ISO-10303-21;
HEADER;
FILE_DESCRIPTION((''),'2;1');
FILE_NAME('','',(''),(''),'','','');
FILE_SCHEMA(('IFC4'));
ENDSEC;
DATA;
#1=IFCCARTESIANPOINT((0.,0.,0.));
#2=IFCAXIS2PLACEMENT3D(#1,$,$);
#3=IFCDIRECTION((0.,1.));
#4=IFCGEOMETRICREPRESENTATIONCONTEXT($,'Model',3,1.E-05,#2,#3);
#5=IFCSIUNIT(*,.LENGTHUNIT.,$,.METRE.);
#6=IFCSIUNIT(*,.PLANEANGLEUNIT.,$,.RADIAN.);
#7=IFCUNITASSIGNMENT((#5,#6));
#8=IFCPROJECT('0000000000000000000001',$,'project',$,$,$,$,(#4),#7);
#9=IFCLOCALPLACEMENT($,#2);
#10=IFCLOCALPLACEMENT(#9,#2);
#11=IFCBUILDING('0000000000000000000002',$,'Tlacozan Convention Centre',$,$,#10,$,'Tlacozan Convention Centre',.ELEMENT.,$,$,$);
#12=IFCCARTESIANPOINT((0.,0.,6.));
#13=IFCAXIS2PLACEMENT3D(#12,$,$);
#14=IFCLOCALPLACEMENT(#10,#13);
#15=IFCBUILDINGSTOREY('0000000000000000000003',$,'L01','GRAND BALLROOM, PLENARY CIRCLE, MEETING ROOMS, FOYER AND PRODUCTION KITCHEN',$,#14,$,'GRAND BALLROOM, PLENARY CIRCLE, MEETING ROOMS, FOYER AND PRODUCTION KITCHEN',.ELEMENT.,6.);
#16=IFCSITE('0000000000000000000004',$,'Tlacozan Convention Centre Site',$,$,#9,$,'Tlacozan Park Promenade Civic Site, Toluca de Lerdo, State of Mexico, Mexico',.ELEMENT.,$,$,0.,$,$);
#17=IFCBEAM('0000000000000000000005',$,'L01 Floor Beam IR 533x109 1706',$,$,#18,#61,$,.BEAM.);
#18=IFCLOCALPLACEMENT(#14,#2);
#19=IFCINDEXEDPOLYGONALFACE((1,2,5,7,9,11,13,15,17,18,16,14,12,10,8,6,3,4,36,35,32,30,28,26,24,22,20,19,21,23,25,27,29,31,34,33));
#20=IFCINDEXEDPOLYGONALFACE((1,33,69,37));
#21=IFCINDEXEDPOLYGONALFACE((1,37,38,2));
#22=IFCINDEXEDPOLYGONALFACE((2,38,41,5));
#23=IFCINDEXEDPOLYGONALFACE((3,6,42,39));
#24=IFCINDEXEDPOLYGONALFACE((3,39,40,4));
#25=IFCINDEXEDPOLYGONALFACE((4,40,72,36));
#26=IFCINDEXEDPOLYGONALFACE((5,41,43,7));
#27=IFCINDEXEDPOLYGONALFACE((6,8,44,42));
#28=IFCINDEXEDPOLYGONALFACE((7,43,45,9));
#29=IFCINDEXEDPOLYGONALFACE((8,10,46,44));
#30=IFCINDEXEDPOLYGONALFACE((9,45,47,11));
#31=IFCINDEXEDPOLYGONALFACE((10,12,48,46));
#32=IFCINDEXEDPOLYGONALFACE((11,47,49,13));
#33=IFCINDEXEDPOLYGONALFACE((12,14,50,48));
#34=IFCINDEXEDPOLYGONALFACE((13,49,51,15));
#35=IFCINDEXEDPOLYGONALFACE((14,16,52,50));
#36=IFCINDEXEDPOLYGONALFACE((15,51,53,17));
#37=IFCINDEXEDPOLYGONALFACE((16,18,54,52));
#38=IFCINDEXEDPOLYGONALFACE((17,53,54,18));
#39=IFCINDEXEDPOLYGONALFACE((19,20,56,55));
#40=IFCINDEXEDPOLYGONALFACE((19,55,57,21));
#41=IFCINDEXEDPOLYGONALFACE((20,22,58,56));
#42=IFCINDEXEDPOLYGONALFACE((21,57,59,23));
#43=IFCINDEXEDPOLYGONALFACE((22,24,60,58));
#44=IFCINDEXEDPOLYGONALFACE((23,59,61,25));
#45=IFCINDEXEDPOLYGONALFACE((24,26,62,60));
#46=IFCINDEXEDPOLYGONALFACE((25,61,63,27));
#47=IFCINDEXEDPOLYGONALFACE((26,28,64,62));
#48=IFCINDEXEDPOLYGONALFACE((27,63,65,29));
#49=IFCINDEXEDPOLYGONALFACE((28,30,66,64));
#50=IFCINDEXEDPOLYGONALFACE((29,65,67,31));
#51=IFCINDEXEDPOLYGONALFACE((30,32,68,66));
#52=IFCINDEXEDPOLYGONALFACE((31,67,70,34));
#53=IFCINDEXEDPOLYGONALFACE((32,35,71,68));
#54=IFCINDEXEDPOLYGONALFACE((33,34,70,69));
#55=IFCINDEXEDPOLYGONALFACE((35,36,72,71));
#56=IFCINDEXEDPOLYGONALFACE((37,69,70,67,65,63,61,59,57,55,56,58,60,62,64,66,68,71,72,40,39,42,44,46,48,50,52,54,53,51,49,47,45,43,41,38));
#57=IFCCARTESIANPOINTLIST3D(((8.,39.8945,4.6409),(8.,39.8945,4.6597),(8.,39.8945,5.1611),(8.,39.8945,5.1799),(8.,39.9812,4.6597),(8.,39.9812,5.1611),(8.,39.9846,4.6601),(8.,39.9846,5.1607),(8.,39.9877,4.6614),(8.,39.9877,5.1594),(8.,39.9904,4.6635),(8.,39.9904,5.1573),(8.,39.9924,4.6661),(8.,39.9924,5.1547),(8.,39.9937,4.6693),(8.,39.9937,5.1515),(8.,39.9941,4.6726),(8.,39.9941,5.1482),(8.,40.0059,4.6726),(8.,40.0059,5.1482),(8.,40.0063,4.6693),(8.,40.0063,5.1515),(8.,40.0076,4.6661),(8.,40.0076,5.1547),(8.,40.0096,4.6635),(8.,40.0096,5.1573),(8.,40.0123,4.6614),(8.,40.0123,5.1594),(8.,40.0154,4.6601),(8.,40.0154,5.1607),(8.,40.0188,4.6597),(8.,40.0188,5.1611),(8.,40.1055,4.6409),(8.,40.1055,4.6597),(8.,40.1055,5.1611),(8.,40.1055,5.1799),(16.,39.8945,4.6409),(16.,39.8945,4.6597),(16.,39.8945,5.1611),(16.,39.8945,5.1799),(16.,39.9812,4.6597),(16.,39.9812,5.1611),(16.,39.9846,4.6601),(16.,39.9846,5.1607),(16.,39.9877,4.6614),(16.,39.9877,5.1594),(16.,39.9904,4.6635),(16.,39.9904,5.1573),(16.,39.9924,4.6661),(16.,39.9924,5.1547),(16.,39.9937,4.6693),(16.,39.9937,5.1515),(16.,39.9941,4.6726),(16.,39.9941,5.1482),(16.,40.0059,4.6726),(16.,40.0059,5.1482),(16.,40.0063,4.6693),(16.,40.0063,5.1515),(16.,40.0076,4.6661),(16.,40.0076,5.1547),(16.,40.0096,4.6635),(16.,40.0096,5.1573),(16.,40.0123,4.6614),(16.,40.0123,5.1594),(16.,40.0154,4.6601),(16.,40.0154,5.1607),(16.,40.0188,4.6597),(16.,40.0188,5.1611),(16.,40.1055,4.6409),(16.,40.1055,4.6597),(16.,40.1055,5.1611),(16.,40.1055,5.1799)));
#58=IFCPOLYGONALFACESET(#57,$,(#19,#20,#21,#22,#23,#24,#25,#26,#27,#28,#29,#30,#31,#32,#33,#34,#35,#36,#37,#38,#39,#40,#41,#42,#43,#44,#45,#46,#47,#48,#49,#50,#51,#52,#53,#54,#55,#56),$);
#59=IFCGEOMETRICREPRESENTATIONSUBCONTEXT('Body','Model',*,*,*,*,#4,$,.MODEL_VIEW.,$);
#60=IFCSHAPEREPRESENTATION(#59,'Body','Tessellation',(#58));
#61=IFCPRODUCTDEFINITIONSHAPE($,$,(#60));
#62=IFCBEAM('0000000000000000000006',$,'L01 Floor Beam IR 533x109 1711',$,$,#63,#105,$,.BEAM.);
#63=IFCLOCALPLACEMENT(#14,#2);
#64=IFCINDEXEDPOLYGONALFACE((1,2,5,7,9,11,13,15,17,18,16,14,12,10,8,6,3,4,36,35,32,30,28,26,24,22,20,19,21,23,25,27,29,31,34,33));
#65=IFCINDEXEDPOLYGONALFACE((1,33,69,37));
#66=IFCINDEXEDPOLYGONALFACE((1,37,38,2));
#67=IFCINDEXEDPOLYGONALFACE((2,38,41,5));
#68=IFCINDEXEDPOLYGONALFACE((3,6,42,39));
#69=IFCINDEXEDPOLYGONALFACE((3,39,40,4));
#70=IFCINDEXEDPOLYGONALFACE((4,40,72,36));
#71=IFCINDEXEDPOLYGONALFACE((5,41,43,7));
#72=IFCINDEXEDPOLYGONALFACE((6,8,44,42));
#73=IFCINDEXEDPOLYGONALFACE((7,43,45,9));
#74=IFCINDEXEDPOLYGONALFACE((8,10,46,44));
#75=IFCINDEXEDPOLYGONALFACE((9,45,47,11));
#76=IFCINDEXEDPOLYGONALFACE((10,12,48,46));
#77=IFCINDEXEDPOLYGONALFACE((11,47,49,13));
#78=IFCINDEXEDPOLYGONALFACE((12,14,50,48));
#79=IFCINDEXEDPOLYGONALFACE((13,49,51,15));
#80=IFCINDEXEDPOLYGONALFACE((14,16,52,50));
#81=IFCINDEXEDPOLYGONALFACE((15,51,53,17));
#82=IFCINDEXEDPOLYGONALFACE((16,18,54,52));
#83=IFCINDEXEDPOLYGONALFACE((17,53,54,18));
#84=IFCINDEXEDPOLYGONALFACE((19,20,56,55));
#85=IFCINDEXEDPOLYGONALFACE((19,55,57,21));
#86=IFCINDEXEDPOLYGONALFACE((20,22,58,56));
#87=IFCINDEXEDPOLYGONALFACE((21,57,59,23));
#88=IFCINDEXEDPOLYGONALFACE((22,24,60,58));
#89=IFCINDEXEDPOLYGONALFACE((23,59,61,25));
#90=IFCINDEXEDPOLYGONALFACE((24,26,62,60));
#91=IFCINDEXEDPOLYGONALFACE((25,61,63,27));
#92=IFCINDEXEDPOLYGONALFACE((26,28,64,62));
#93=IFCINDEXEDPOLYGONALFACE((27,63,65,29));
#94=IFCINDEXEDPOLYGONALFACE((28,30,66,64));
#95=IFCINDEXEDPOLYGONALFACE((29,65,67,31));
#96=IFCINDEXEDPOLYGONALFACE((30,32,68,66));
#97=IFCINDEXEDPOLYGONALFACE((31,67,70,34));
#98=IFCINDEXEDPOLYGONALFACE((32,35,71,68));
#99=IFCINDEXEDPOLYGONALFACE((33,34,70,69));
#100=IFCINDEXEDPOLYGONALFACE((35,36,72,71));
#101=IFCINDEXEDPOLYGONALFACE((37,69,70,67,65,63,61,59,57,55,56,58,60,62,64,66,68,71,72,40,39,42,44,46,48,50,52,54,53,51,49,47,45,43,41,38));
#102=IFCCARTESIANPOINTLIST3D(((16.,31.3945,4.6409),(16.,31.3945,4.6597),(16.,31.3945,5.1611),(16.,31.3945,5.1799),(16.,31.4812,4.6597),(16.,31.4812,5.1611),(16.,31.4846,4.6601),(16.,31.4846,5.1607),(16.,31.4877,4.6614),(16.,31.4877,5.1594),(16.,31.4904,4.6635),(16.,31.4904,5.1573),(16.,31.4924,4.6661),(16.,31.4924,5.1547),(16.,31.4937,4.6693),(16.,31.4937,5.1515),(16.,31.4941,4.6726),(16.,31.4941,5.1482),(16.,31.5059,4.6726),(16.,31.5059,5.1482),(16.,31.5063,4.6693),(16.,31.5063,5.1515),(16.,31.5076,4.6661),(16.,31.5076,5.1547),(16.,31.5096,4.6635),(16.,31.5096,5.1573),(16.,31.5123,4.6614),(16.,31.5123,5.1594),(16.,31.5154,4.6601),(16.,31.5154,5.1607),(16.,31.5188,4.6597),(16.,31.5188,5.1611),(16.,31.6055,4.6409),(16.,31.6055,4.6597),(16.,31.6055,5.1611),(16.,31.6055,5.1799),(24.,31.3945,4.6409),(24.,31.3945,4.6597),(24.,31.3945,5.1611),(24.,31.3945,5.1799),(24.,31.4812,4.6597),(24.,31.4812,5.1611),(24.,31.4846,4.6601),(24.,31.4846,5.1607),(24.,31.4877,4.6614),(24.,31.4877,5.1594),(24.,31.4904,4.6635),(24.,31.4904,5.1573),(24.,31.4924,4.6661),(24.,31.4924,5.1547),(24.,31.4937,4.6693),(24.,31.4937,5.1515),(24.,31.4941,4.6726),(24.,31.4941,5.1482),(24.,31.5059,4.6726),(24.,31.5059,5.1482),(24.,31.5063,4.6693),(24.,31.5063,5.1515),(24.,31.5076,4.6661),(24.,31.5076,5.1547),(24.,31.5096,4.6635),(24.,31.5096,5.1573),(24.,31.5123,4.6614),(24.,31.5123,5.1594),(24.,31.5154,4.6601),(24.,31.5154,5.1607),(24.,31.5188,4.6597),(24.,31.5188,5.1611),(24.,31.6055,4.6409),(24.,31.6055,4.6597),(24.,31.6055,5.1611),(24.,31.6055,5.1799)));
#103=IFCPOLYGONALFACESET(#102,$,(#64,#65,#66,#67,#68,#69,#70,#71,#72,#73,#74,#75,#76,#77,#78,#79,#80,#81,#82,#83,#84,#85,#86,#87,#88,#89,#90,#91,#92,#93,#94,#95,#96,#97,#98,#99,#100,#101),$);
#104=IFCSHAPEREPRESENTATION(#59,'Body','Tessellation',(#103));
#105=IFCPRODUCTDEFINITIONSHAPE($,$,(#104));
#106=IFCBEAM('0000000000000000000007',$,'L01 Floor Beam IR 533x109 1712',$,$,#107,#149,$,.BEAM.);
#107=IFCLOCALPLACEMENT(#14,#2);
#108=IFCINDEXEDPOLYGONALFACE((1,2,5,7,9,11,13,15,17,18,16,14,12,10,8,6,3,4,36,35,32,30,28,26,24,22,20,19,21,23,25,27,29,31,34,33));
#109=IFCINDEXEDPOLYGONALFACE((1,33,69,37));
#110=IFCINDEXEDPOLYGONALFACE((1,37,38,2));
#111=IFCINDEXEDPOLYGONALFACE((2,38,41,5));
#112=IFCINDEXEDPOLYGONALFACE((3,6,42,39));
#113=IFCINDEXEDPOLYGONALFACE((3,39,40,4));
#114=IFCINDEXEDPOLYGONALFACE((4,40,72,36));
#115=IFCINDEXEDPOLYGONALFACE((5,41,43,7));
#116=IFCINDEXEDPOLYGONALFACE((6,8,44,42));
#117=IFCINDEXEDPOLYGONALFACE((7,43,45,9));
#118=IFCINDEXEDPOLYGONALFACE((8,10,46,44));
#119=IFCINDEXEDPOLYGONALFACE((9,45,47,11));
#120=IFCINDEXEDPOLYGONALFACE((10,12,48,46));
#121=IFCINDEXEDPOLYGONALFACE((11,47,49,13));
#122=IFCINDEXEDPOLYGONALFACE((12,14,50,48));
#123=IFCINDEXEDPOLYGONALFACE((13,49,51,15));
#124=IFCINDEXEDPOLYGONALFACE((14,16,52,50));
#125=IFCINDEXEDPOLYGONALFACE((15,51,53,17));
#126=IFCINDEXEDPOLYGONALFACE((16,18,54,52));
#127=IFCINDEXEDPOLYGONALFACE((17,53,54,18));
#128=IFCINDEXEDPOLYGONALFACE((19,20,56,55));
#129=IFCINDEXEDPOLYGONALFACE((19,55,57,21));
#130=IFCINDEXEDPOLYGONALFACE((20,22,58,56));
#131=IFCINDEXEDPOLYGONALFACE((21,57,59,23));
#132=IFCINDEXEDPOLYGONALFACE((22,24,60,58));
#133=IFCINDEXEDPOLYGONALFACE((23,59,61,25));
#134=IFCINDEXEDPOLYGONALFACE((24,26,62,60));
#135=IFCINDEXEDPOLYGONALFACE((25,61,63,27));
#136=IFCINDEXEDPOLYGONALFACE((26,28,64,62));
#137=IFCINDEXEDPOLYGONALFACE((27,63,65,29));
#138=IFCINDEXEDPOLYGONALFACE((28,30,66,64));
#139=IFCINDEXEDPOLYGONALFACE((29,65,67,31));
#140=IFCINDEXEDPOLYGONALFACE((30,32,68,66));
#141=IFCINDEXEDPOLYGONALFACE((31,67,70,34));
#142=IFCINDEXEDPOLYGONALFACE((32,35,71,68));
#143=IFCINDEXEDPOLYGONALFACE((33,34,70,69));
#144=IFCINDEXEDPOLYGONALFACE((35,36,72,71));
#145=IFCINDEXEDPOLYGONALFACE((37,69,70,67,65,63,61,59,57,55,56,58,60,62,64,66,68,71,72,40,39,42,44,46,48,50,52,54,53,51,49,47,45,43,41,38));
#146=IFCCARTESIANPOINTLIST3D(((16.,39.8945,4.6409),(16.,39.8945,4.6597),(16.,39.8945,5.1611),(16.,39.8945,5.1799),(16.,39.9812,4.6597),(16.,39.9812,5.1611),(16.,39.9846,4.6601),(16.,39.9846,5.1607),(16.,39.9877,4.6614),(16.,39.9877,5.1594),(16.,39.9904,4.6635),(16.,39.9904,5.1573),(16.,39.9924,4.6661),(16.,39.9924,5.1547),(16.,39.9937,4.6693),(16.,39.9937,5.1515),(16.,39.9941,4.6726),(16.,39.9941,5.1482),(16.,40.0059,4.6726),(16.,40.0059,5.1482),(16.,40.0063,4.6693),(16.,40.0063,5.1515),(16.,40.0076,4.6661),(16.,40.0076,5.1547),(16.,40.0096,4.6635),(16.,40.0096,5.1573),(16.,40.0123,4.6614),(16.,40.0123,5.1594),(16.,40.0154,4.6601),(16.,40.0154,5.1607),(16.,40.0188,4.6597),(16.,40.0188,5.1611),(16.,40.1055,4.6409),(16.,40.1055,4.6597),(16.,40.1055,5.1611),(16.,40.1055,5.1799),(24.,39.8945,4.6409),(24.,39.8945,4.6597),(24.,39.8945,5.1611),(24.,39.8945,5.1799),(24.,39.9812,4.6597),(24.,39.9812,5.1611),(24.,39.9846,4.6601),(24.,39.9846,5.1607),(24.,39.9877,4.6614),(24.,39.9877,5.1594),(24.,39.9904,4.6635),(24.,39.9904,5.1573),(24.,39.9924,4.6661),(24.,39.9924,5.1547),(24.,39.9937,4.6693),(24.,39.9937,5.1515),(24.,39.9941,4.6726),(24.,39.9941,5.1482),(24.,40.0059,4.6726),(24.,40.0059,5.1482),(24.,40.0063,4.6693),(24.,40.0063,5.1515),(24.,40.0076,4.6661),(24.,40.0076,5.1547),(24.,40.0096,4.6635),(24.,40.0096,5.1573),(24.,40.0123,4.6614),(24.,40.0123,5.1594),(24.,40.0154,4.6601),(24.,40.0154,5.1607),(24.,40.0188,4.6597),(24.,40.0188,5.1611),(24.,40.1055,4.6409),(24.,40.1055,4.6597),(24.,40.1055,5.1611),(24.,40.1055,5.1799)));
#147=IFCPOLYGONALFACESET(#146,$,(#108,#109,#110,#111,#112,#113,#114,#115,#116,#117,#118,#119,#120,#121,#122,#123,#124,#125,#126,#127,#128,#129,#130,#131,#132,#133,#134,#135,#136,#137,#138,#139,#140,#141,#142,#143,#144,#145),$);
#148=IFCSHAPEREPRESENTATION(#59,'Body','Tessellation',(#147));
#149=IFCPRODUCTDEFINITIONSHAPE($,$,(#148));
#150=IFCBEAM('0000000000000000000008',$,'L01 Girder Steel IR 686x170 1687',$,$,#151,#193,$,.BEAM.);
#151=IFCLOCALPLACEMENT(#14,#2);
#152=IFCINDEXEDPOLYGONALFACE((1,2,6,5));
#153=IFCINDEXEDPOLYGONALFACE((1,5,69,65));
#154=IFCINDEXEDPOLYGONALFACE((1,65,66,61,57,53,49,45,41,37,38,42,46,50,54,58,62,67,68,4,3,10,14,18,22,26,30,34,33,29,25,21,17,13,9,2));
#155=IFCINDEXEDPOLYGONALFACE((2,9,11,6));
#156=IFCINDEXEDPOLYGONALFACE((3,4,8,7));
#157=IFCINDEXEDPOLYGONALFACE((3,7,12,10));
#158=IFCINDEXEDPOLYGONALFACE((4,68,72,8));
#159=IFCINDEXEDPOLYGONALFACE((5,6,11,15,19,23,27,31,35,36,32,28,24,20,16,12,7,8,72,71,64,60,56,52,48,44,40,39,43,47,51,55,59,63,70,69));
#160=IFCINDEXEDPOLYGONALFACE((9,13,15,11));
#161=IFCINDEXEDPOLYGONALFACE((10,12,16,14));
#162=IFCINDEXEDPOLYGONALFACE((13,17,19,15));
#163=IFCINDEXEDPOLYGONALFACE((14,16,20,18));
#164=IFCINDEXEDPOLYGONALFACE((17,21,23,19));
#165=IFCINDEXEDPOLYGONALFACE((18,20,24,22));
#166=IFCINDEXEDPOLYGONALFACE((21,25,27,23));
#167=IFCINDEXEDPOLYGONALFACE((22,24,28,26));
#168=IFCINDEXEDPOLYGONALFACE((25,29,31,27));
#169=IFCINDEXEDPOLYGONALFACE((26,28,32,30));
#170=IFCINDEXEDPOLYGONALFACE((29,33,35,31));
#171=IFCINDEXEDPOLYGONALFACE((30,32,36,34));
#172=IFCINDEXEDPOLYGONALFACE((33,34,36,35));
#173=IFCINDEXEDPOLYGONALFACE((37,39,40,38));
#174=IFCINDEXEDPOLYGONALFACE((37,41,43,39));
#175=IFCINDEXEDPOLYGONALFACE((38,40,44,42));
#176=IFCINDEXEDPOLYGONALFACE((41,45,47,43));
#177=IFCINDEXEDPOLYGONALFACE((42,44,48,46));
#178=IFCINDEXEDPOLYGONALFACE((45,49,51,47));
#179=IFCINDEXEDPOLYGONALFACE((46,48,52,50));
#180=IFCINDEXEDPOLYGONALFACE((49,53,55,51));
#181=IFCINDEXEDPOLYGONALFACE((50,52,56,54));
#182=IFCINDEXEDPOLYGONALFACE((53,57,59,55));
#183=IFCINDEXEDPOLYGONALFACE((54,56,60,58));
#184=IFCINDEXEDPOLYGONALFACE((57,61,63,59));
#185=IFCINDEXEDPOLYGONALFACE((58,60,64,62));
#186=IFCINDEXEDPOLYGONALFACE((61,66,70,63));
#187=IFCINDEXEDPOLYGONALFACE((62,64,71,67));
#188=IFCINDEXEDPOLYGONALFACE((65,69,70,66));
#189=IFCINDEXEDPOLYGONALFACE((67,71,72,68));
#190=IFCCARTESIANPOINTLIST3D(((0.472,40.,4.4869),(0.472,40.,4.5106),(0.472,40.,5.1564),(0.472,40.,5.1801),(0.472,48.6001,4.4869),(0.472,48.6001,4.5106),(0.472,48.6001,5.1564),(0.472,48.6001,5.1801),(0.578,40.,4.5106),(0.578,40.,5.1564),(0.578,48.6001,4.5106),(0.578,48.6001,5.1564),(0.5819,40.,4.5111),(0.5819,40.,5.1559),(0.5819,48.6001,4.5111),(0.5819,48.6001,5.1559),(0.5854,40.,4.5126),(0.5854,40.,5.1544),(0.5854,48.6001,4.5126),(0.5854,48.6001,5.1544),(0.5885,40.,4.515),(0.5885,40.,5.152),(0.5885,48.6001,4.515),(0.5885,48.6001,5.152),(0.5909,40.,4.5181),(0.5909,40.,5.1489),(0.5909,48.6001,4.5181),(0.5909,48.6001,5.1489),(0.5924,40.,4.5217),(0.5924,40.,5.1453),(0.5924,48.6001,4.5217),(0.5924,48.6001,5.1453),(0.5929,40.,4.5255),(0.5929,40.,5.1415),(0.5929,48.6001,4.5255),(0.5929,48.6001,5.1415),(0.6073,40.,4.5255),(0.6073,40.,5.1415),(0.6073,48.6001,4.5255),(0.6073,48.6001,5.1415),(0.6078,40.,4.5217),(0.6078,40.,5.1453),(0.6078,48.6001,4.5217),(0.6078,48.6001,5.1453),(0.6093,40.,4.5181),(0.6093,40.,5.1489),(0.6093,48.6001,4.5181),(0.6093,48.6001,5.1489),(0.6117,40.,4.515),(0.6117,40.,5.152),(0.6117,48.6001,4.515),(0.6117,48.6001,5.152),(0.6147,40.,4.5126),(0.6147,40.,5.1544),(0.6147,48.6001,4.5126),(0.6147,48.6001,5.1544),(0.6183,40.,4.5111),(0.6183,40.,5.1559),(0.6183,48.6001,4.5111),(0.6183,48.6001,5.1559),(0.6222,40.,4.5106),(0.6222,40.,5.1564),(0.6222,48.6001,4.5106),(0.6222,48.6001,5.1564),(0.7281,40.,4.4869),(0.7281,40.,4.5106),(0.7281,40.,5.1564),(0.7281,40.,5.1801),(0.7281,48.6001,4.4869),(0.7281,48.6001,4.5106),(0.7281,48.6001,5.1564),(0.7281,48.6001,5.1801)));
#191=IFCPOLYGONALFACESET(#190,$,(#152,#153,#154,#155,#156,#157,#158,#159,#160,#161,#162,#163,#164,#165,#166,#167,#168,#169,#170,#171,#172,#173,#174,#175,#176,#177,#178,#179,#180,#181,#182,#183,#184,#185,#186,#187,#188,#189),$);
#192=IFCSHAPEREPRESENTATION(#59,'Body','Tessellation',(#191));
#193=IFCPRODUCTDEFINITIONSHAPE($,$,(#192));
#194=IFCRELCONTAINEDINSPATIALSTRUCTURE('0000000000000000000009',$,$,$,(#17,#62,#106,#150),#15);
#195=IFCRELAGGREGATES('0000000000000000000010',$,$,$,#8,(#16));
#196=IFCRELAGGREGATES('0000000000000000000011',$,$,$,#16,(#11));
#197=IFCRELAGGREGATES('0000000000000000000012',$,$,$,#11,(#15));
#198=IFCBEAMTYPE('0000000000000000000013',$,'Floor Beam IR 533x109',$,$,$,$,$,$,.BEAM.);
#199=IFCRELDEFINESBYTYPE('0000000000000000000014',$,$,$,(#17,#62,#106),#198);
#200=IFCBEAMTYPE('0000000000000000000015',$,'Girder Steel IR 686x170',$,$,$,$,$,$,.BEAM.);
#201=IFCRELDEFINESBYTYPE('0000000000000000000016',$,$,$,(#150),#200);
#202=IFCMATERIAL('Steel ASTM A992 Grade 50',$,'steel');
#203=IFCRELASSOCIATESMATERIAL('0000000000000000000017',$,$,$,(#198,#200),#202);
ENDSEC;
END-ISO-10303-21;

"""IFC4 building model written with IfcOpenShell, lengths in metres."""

from ifc_helpers import new_model, si_unit, direction, frame, origin, origin_2d, place, context, subcontext, project, spatial, i_section, extrude, material, material_profile, profile_set, type_object, element, save


model = new_model("IFC4")

# Units and contexts
model_context = context("Model", 3, precision=1e-05, world=origin(), true_north=direction((0.0, 1.0)))
body_context = subcontext(model_context, "Body", "Model", "MODEL_VIEW")
ifc_project = project(units=[si_unit("LENGTHUNIT", "METRE"), si_unit("PLANEANGLEUNIT", "RADIAN")], contexts=[model_context])

# Site, building, storey
site_placement = place(None, origin())
site = spatial("IfcSite", under=ifc_project, at=site_placement, Name="Tlacozan Convention Centre Site", LongName="Tlacozan Park Promenade Civic Site, Toluca de Lerdo, State of Mexico, Mexico", CompositionType="ELEMENT", RefElevation=0.0)
building_placement = place(site_placement, origin())
building = spatial("IfcBuilding", under=site, at=building_placement, Name="Tlacozan Convention Centre", LongName="Tlacozan Convention Centre", CompositionType="ELEMENT")
storey_placement = place(building_placement, frame((0.0, 0.0, 6.0)))
storey = spatial("IfcBuildingStorey", under=building, at=storey_placement, Name="L01", Description="GRAND BALLROOM, PLENARY CIRCLE, MEETING ROOMS, FOYER AND PRODUCTION KITCHEN", LongName="GRAND BALLROOM, PLENARY CIRCLE, MEETING ROOMS, FOYER AND PRODUCTION KITCHEN", CompositionType="ELEMENT", Elevation=6.0)

# Beams
ifc_material_1 = material(Name="Steel ASTM A992 Grade 50", Category="steel")
ifc_material_profile_1 = material_profile(ifc_material_1, i_section(OverallWidth=0.2109, OverallDepth=0.5391, WebThickness=0.0117, FlangeThickness=0.0188, FilletRadius=0.0129, at=origin_2d()), Name="IR 533x109.0")
ifc_profile_set_1 = profile_set([ifc_material_profile_1], Name="Steel ASTM A992 Grade 50")
beam_type_1 = type_object("IfcBeamType", Name="Floor Beam IR 533x109", PredefinedType="BEAM", material=ifc_profile_set_1)
for number, where, z_axis, x_axis, name in (
    (1, (8.0, 40.0, 4.9104), (1.0, 0.0, 0.0), (0.0, 1.0, 0.0), "L01 Floor Beam IR 533x109 1706"),
    (2, (16.0, 31.5, 4.9104), (1.0, 0.0, 0.0), (0.0, 1.0, 0.0), "L01 Floor Beam IR 533x109 1711"),
    (3, (16.0, 40.0, 4.9104), (1.0, 0.0, 0.0), (0.0, 1.0, 0.0), "L01 Floor Beam IR 533x109 1712"),
):
    element("IfcBeam", number, at=place(storey_placement, frame(where, z_axis=z_axis, x_axis=x_axis)), inside=storey, type_object=beam_type_1, Name=name, PredefinedType="BEAM", context=body_context, shape_type="SweptSolid", body=[
        extrude(i_section(OverallWidth=0.2109, OverallDepth=0.5391, WebThickness=0.0117, FlangeThickness=0.0188, FilletRadius=0.0129, at=origin_2d()), origin(), (0.0, 0.0, 1.0), 8.0),
    ])
ifc_material_profile_2 = material_profile(ifc_material_1, i_section(OverallWidth=0.2561, OverallDepth=0.6931, WebThickness=0.0144, FlangeThickness=0.0237, FilletRadius=0.0149, at=origin_2d()), Name="IR 686x170.0")
ifc_profile_set_2 = profile_set([ifc_material_profile_2], Name="Steel ASTM A992 Grade 50")
beam_type_2 = type_object("IfcBeamType", Name="Girder Steel IR 686x170", PredefinedType="BEAM", material=ifc_profile_set_2)
for number, where, z_axis, x_axis, name in (
    (4, (0.6001, 40.0, 4.8335), (0.0, 1.0, 0.0), (-1.0, 0.0, 0.0), "L01 Girder Steel IR 686x170 1687"),
):
    element("IfcBeam", number, at=place(storey_placement, frame(where, z_axis=z_axis, x_axis=x_axis)), inside=storey, type_object=beam_type_2, Name=name, PredefinedType="BEAM", context=body_context, shape_type="SweptSolid", body=[
        extrude(i_section(OverallWidth=0.2561, OverallDepth=0.6931, WebThickness=0.0144, FlangeThickness=0.0237, FilletRadius=0.0149, at=origin_2d()), origin(), (0.0, 0.0, 1.0), 8.6001),
    ])

save(model, "model.ifc")
